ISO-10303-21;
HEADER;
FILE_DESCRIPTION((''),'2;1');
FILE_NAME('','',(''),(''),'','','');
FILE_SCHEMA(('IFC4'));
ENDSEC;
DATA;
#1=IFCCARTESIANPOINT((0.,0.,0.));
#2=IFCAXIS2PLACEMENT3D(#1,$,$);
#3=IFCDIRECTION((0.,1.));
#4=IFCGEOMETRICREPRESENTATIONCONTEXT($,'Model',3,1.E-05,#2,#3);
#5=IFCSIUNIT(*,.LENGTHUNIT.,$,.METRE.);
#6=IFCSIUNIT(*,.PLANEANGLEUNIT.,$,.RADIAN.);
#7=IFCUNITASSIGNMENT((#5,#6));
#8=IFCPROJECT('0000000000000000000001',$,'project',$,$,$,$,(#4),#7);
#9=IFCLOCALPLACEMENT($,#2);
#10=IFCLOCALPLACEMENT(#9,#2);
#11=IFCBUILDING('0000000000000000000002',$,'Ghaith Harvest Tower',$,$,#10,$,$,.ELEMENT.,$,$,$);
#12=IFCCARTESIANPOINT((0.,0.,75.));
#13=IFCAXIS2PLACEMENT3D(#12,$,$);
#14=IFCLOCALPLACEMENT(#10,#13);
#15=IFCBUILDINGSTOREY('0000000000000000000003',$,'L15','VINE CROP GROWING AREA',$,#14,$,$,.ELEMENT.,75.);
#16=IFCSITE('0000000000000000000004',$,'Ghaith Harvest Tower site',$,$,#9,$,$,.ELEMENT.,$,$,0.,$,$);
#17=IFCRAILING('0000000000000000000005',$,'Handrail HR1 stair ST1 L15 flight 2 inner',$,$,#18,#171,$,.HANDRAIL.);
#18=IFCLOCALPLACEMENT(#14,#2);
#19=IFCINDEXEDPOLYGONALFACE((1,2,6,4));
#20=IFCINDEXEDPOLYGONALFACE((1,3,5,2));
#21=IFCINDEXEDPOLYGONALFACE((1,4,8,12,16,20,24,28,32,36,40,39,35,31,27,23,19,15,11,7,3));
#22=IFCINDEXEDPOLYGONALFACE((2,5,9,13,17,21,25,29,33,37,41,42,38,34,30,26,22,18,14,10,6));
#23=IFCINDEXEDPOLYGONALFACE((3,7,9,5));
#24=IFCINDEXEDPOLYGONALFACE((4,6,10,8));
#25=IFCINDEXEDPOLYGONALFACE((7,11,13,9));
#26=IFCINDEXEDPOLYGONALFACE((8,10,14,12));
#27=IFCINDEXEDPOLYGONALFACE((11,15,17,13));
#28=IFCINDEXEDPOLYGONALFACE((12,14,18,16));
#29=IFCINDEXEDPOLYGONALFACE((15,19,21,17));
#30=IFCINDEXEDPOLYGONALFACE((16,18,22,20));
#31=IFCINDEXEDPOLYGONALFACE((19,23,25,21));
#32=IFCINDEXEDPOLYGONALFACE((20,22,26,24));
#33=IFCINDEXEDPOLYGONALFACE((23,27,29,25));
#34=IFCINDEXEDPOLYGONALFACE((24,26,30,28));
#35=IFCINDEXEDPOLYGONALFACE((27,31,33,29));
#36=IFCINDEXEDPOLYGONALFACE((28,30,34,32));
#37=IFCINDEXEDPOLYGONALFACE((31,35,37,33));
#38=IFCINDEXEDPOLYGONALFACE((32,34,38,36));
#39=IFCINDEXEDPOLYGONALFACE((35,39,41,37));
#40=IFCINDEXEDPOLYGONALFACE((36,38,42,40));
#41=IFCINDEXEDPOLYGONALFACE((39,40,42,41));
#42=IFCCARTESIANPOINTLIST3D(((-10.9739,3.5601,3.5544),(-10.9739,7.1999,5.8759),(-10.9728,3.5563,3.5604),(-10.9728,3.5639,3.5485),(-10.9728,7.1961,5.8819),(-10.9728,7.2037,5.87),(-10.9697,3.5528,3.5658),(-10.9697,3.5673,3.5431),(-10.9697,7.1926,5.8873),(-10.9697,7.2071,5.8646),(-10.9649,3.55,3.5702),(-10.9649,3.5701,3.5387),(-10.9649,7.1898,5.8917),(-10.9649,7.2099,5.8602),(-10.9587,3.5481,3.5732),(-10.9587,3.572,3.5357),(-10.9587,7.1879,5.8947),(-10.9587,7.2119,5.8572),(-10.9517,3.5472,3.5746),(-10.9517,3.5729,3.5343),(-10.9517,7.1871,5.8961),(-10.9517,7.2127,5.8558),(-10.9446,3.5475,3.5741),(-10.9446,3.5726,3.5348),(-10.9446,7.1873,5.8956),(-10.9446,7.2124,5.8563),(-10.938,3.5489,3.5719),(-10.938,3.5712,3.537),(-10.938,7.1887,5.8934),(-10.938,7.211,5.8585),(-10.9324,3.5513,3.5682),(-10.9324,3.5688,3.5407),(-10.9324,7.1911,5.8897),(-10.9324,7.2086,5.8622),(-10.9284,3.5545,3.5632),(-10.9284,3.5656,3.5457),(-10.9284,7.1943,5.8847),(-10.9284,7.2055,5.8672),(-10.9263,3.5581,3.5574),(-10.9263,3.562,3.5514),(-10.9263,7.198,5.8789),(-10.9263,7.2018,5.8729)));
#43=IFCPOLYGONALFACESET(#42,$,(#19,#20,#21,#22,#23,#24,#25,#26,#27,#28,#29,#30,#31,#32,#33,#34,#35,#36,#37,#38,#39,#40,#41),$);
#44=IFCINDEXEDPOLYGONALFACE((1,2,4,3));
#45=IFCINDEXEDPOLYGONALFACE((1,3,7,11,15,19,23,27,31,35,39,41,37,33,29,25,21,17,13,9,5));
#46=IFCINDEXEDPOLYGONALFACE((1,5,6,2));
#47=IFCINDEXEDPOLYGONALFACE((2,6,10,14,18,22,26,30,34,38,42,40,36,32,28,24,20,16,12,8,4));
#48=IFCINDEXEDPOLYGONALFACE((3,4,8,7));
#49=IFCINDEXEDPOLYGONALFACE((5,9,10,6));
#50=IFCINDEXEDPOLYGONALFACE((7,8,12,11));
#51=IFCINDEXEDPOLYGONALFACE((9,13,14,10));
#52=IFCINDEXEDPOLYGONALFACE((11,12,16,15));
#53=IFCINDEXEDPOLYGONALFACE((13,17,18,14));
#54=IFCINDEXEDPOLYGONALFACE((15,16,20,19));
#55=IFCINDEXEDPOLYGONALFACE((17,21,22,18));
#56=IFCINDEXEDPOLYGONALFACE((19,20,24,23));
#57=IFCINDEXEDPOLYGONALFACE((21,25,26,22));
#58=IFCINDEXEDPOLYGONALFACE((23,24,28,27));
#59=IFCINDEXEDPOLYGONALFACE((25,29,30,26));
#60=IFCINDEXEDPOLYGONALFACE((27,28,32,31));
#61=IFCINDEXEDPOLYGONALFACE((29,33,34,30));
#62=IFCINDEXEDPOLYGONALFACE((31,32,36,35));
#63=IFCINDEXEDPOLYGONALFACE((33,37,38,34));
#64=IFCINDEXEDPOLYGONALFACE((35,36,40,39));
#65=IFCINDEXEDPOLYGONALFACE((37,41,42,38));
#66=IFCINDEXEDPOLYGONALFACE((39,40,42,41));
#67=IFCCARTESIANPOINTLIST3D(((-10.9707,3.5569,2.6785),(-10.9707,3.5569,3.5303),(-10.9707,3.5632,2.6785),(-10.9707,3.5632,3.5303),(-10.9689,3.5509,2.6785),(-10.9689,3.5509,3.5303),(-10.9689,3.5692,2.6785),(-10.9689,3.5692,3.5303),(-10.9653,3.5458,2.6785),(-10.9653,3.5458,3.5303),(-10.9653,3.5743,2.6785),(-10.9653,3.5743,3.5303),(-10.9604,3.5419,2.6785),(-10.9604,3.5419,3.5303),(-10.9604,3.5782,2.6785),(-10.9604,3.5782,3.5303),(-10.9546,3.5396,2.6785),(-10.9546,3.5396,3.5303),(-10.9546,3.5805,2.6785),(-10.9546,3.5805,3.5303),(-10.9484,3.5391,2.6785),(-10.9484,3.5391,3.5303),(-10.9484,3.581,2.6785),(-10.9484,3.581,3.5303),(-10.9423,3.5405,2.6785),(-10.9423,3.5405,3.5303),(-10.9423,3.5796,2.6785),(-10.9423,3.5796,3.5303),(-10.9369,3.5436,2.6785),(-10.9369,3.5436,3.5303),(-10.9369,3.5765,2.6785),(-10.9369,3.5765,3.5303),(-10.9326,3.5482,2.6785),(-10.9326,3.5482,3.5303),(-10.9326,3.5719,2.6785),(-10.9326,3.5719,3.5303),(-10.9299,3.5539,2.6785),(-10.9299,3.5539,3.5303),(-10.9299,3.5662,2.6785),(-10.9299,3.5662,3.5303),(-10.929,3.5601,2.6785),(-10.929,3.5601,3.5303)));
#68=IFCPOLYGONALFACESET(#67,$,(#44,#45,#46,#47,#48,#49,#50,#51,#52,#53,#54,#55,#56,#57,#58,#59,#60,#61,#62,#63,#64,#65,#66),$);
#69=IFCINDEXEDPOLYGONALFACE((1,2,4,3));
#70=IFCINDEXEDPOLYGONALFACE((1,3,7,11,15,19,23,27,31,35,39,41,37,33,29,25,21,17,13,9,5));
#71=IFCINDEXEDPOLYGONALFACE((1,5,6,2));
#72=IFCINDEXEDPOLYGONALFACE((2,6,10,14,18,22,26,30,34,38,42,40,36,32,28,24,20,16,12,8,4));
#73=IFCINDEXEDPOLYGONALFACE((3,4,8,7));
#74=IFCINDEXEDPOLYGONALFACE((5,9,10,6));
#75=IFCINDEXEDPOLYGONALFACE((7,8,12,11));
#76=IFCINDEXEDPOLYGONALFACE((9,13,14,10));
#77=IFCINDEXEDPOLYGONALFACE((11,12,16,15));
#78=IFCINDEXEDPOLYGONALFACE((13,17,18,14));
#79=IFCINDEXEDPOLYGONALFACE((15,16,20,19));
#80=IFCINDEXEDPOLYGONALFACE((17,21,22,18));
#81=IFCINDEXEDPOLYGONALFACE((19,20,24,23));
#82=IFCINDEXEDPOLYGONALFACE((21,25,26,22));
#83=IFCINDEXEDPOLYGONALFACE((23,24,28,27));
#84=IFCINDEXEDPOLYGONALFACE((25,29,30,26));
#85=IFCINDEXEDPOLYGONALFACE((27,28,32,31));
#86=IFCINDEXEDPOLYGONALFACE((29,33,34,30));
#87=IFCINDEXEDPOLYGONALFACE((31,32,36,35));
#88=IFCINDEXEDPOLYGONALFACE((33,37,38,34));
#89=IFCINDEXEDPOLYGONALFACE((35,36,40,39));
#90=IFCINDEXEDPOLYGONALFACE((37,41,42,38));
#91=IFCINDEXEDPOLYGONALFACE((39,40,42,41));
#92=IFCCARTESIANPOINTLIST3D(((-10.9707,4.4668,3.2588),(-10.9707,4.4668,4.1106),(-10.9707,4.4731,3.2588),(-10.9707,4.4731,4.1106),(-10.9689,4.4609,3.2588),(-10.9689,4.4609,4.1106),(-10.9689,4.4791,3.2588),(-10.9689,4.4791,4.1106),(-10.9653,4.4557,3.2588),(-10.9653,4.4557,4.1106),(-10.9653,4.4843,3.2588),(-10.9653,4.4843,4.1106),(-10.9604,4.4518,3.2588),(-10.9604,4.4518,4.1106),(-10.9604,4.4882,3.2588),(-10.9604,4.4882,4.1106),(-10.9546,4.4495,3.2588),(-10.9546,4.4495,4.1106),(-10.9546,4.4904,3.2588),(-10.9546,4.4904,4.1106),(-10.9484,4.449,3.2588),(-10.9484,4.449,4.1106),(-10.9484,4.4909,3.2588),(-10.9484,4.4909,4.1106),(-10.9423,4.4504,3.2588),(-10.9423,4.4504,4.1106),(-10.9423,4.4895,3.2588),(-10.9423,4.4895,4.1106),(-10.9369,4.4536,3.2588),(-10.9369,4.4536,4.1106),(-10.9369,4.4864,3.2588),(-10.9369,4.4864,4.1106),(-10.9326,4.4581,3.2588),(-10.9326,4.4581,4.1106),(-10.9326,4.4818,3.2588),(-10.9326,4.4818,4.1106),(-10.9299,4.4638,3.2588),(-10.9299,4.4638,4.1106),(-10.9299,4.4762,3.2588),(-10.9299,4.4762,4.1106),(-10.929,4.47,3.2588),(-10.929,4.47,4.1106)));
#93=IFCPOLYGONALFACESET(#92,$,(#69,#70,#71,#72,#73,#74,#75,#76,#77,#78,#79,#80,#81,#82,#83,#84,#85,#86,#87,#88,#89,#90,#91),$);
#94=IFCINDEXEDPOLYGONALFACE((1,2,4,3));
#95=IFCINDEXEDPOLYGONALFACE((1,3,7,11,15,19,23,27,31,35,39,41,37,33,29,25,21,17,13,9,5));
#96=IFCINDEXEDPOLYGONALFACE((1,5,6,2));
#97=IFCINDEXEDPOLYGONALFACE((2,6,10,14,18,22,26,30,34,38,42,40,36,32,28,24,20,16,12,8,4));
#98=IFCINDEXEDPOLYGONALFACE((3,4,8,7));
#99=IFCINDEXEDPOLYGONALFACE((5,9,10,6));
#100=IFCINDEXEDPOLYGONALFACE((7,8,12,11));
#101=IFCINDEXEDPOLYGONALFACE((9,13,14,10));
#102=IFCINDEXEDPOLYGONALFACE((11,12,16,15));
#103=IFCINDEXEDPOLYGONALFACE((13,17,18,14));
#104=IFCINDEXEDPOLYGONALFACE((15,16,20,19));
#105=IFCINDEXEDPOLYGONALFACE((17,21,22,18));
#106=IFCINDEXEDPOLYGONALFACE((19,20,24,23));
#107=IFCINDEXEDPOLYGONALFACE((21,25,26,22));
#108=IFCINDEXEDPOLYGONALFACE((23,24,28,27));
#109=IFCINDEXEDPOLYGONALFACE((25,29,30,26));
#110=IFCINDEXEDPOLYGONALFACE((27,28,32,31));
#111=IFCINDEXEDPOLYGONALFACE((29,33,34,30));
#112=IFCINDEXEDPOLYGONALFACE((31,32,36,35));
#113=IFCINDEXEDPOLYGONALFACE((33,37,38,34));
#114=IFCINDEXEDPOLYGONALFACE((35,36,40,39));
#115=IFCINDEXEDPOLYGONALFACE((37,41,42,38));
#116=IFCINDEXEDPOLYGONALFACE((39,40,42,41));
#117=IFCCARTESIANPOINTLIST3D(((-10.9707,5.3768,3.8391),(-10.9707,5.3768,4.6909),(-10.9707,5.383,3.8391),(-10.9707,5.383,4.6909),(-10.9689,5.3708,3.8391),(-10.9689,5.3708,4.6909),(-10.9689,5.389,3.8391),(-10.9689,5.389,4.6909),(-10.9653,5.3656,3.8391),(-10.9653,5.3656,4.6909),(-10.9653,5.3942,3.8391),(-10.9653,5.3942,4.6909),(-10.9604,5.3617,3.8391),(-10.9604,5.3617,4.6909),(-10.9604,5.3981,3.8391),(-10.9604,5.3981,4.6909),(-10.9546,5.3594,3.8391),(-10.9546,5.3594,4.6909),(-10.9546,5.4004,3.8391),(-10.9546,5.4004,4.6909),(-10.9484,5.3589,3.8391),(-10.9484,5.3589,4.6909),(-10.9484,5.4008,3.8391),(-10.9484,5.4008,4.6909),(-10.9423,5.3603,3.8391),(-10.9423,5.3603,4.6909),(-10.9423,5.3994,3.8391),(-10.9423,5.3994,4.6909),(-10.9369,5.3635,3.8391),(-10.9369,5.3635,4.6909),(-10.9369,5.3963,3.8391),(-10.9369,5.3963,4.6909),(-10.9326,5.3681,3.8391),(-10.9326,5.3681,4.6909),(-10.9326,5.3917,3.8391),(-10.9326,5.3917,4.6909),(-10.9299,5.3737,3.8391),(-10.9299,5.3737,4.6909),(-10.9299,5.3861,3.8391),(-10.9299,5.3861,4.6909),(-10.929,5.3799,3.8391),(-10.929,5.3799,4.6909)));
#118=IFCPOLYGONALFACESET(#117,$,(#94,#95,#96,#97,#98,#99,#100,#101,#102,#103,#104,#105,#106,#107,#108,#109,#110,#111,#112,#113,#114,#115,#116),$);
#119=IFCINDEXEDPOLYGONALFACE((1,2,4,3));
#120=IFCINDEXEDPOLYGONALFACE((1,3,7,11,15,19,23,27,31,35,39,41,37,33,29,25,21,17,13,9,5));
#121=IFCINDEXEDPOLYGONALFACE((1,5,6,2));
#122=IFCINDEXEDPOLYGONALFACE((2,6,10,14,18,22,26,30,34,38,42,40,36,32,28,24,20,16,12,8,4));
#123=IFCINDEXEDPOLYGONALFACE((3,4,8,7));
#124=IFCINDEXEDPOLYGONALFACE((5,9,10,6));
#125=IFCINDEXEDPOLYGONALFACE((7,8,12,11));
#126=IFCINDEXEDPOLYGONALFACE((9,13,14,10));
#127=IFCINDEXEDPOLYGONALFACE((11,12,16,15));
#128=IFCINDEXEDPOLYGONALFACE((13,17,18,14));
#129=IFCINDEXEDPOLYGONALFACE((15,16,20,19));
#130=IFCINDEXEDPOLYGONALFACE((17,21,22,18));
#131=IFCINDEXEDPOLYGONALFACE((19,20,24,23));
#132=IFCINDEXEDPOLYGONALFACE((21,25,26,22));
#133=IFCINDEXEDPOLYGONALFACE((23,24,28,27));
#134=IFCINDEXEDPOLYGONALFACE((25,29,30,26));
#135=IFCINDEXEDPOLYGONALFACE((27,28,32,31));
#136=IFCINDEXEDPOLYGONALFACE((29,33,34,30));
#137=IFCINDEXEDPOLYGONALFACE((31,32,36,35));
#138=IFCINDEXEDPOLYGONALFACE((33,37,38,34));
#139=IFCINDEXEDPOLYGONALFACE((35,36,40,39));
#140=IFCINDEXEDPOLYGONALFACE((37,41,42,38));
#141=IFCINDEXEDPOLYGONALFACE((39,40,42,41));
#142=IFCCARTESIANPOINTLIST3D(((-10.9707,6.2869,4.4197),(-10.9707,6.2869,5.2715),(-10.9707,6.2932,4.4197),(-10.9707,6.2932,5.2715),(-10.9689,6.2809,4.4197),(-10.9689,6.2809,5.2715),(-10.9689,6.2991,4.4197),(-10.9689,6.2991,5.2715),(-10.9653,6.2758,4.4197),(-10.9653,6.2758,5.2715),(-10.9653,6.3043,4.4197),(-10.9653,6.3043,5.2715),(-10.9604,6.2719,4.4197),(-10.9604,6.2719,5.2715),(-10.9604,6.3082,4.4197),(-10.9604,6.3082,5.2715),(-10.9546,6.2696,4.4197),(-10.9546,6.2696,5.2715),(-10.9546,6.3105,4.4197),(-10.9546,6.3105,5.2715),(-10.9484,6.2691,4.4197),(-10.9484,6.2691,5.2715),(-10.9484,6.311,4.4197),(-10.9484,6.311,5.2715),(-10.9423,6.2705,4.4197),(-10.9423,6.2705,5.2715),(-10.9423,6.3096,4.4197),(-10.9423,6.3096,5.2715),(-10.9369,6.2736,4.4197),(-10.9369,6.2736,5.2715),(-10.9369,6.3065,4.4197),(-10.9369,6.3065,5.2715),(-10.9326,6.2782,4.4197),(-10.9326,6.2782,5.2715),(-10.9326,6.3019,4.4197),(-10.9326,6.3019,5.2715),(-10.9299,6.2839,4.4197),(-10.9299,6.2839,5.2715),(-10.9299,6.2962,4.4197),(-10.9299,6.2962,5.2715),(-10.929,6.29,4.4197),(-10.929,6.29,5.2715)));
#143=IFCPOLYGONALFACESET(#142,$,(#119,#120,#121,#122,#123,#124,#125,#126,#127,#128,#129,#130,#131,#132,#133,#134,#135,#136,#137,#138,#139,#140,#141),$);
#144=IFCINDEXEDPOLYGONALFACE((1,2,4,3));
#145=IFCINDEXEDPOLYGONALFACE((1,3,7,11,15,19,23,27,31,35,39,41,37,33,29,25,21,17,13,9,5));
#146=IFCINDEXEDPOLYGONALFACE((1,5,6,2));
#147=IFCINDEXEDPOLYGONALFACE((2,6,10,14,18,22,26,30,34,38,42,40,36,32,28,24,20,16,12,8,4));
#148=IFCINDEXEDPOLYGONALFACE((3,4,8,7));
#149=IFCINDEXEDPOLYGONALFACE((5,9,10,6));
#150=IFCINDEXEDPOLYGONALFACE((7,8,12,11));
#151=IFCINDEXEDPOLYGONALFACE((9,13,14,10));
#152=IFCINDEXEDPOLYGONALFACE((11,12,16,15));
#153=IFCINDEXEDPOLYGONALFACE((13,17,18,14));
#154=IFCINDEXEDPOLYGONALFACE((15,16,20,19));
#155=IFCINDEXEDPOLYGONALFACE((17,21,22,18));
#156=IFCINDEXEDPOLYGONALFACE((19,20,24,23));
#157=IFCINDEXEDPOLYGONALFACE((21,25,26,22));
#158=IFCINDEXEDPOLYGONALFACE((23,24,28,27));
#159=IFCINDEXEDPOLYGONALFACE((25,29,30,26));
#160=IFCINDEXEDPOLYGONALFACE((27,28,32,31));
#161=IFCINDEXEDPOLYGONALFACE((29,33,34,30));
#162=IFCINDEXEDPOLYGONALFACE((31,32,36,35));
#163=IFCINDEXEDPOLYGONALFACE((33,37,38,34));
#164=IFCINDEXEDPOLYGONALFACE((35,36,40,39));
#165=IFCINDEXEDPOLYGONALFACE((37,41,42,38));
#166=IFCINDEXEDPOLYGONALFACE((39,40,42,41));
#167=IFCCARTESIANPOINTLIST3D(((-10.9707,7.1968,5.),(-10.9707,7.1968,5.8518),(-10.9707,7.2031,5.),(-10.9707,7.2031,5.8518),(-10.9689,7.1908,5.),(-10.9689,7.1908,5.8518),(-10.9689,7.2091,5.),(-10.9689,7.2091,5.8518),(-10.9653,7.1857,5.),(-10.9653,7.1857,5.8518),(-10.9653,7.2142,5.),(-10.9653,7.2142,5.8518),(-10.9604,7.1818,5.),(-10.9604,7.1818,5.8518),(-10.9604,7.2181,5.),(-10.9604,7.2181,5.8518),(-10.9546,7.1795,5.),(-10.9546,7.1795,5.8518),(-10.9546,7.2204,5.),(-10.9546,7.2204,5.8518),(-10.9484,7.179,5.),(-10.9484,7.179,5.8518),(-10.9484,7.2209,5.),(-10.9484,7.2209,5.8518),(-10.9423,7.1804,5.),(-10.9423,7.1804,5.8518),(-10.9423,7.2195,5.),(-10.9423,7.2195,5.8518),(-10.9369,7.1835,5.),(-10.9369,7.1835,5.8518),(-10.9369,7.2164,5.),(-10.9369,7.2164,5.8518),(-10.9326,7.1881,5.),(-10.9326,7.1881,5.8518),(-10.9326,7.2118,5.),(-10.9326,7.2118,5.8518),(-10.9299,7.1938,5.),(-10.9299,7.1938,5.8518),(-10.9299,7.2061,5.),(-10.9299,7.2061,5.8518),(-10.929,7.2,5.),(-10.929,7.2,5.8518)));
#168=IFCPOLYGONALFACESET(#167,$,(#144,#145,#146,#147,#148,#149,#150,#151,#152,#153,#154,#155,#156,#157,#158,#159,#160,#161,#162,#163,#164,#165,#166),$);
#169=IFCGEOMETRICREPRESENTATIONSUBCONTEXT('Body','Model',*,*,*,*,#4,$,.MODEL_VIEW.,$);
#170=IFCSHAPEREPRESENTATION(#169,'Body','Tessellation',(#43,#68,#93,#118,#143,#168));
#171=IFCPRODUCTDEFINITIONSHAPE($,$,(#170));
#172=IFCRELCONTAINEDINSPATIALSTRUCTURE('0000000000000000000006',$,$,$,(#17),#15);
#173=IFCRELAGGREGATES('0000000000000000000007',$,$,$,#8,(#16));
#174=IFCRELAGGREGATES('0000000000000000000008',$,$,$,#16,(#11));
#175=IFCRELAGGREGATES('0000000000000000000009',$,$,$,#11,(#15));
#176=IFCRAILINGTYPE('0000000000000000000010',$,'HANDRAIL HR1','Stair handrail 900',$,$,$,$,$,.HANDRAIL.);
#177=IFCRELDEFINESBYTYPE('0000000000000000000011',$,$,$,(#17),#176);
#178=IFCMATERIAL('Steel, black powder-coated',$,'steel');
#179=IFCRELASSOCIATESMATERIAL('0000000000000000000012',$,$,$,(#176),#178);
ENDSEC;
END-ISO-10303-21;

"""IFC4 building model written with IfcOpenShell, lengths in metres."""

from ifc_helpers import new_model, si_unit, direction, frame, origin, origin_2d, place, context, subcontext, project, spatial, circle, extrude, material, type_object, element, save


model = new_model("IFC4")

# Units and contexts
model_context = context("Model", 3, precision=1e-05, world=origin(), true_north=direction((0.0, 1.0)))
body_context = subcontext(model_context, "Body", "Model", "MODEL_VIEW")
ifc_project = project(units=[si_unit("LENGTHUNIT", "METRE"), si_unit("PLANEANGLEUNIT", "RADIAN")], contexts=[model_context])

# Site, building, storey
site_placement = place(None, origin())
site = spatial("IfcSite", under=ifc_project, at=site_placement, Name="Ghaith Harvest Tower site", CompositionType="ELEMENT", RefElevation=0.0)
building_placement = place(site_placement, origin())
building = spatial("IfcBuilding", under=site, at=building_placement, Name="Ghaith Harvest Tower", CompositionType="ELEMENT")
storey_placement = place(building_placement, frame((0.0, 0.0, 75.0)))
storey = spatial("IfcBuildingStorey", under=building, at=storey_placement, Name="L15", Description="VINE CROP GROWING AREA", CompositionType="ELEMENT", Elevation=75.0)

# Railing
ifc_material_1 = material(Name="Steel, black powder-coated", Category="steel")
railing_type = type_object("IfcRailingType", Name="HANDRAIL HR1", Description="Stair handrail 900", PredefinedType="HANDRAIL", material=ifc_material_1)
railing_1_placement = place(storey_placement, frame((-10.95, 3.5601, 2.6785)))
element("IfcRailing", 1, at=railing_1_placement, inside=storey, type_object=railing_type, Name="Handrail HR1 stair ST1 L15 flight 2 inner", PredefinedType="HANDRAIL", context=body_context, shape_type="SweptSolid", body=[
    extrude(circle(Radius=0.0239, at=origin_2d()), frame((0.0, 0.0, 0.876), z_axis=(0.0, 0.843112, 0.537739), x_axis=(-1.0, 0.0, 0.0)), (0.0, 0.0, 1.0), 4.3171),
    extrude(circle(Radius=0.021, at=origin_2d()), origin(), (0.0, 0.0, 1.0), 0.8518),
    extrude(circle(Radius=0.021, at=origin_2d()), frame((0.0, 0.9099, 0.5803)), (0.0, 0.0, 1.0), 0.8518),
    extrude(circle(Radius=0.021, at=origin_2d()), frame((0.0, 1.8198, 1.1606)), (0.0, 0.0, 1.0), 0.8518),
    extrude(circle(Radius=0.021, at=origin_2d()), frame((0.0, 2.73, 1.7412)), (0.0, 0.0, 1.0), 0.8518),
    extrude(circle(Radius=0.021, at=origin_2d()), frame((0.0, 3.6399, 2.3215)), (0.0, 0.0, 1.0), 0.8518),
])

save(model, "model.ifc")
